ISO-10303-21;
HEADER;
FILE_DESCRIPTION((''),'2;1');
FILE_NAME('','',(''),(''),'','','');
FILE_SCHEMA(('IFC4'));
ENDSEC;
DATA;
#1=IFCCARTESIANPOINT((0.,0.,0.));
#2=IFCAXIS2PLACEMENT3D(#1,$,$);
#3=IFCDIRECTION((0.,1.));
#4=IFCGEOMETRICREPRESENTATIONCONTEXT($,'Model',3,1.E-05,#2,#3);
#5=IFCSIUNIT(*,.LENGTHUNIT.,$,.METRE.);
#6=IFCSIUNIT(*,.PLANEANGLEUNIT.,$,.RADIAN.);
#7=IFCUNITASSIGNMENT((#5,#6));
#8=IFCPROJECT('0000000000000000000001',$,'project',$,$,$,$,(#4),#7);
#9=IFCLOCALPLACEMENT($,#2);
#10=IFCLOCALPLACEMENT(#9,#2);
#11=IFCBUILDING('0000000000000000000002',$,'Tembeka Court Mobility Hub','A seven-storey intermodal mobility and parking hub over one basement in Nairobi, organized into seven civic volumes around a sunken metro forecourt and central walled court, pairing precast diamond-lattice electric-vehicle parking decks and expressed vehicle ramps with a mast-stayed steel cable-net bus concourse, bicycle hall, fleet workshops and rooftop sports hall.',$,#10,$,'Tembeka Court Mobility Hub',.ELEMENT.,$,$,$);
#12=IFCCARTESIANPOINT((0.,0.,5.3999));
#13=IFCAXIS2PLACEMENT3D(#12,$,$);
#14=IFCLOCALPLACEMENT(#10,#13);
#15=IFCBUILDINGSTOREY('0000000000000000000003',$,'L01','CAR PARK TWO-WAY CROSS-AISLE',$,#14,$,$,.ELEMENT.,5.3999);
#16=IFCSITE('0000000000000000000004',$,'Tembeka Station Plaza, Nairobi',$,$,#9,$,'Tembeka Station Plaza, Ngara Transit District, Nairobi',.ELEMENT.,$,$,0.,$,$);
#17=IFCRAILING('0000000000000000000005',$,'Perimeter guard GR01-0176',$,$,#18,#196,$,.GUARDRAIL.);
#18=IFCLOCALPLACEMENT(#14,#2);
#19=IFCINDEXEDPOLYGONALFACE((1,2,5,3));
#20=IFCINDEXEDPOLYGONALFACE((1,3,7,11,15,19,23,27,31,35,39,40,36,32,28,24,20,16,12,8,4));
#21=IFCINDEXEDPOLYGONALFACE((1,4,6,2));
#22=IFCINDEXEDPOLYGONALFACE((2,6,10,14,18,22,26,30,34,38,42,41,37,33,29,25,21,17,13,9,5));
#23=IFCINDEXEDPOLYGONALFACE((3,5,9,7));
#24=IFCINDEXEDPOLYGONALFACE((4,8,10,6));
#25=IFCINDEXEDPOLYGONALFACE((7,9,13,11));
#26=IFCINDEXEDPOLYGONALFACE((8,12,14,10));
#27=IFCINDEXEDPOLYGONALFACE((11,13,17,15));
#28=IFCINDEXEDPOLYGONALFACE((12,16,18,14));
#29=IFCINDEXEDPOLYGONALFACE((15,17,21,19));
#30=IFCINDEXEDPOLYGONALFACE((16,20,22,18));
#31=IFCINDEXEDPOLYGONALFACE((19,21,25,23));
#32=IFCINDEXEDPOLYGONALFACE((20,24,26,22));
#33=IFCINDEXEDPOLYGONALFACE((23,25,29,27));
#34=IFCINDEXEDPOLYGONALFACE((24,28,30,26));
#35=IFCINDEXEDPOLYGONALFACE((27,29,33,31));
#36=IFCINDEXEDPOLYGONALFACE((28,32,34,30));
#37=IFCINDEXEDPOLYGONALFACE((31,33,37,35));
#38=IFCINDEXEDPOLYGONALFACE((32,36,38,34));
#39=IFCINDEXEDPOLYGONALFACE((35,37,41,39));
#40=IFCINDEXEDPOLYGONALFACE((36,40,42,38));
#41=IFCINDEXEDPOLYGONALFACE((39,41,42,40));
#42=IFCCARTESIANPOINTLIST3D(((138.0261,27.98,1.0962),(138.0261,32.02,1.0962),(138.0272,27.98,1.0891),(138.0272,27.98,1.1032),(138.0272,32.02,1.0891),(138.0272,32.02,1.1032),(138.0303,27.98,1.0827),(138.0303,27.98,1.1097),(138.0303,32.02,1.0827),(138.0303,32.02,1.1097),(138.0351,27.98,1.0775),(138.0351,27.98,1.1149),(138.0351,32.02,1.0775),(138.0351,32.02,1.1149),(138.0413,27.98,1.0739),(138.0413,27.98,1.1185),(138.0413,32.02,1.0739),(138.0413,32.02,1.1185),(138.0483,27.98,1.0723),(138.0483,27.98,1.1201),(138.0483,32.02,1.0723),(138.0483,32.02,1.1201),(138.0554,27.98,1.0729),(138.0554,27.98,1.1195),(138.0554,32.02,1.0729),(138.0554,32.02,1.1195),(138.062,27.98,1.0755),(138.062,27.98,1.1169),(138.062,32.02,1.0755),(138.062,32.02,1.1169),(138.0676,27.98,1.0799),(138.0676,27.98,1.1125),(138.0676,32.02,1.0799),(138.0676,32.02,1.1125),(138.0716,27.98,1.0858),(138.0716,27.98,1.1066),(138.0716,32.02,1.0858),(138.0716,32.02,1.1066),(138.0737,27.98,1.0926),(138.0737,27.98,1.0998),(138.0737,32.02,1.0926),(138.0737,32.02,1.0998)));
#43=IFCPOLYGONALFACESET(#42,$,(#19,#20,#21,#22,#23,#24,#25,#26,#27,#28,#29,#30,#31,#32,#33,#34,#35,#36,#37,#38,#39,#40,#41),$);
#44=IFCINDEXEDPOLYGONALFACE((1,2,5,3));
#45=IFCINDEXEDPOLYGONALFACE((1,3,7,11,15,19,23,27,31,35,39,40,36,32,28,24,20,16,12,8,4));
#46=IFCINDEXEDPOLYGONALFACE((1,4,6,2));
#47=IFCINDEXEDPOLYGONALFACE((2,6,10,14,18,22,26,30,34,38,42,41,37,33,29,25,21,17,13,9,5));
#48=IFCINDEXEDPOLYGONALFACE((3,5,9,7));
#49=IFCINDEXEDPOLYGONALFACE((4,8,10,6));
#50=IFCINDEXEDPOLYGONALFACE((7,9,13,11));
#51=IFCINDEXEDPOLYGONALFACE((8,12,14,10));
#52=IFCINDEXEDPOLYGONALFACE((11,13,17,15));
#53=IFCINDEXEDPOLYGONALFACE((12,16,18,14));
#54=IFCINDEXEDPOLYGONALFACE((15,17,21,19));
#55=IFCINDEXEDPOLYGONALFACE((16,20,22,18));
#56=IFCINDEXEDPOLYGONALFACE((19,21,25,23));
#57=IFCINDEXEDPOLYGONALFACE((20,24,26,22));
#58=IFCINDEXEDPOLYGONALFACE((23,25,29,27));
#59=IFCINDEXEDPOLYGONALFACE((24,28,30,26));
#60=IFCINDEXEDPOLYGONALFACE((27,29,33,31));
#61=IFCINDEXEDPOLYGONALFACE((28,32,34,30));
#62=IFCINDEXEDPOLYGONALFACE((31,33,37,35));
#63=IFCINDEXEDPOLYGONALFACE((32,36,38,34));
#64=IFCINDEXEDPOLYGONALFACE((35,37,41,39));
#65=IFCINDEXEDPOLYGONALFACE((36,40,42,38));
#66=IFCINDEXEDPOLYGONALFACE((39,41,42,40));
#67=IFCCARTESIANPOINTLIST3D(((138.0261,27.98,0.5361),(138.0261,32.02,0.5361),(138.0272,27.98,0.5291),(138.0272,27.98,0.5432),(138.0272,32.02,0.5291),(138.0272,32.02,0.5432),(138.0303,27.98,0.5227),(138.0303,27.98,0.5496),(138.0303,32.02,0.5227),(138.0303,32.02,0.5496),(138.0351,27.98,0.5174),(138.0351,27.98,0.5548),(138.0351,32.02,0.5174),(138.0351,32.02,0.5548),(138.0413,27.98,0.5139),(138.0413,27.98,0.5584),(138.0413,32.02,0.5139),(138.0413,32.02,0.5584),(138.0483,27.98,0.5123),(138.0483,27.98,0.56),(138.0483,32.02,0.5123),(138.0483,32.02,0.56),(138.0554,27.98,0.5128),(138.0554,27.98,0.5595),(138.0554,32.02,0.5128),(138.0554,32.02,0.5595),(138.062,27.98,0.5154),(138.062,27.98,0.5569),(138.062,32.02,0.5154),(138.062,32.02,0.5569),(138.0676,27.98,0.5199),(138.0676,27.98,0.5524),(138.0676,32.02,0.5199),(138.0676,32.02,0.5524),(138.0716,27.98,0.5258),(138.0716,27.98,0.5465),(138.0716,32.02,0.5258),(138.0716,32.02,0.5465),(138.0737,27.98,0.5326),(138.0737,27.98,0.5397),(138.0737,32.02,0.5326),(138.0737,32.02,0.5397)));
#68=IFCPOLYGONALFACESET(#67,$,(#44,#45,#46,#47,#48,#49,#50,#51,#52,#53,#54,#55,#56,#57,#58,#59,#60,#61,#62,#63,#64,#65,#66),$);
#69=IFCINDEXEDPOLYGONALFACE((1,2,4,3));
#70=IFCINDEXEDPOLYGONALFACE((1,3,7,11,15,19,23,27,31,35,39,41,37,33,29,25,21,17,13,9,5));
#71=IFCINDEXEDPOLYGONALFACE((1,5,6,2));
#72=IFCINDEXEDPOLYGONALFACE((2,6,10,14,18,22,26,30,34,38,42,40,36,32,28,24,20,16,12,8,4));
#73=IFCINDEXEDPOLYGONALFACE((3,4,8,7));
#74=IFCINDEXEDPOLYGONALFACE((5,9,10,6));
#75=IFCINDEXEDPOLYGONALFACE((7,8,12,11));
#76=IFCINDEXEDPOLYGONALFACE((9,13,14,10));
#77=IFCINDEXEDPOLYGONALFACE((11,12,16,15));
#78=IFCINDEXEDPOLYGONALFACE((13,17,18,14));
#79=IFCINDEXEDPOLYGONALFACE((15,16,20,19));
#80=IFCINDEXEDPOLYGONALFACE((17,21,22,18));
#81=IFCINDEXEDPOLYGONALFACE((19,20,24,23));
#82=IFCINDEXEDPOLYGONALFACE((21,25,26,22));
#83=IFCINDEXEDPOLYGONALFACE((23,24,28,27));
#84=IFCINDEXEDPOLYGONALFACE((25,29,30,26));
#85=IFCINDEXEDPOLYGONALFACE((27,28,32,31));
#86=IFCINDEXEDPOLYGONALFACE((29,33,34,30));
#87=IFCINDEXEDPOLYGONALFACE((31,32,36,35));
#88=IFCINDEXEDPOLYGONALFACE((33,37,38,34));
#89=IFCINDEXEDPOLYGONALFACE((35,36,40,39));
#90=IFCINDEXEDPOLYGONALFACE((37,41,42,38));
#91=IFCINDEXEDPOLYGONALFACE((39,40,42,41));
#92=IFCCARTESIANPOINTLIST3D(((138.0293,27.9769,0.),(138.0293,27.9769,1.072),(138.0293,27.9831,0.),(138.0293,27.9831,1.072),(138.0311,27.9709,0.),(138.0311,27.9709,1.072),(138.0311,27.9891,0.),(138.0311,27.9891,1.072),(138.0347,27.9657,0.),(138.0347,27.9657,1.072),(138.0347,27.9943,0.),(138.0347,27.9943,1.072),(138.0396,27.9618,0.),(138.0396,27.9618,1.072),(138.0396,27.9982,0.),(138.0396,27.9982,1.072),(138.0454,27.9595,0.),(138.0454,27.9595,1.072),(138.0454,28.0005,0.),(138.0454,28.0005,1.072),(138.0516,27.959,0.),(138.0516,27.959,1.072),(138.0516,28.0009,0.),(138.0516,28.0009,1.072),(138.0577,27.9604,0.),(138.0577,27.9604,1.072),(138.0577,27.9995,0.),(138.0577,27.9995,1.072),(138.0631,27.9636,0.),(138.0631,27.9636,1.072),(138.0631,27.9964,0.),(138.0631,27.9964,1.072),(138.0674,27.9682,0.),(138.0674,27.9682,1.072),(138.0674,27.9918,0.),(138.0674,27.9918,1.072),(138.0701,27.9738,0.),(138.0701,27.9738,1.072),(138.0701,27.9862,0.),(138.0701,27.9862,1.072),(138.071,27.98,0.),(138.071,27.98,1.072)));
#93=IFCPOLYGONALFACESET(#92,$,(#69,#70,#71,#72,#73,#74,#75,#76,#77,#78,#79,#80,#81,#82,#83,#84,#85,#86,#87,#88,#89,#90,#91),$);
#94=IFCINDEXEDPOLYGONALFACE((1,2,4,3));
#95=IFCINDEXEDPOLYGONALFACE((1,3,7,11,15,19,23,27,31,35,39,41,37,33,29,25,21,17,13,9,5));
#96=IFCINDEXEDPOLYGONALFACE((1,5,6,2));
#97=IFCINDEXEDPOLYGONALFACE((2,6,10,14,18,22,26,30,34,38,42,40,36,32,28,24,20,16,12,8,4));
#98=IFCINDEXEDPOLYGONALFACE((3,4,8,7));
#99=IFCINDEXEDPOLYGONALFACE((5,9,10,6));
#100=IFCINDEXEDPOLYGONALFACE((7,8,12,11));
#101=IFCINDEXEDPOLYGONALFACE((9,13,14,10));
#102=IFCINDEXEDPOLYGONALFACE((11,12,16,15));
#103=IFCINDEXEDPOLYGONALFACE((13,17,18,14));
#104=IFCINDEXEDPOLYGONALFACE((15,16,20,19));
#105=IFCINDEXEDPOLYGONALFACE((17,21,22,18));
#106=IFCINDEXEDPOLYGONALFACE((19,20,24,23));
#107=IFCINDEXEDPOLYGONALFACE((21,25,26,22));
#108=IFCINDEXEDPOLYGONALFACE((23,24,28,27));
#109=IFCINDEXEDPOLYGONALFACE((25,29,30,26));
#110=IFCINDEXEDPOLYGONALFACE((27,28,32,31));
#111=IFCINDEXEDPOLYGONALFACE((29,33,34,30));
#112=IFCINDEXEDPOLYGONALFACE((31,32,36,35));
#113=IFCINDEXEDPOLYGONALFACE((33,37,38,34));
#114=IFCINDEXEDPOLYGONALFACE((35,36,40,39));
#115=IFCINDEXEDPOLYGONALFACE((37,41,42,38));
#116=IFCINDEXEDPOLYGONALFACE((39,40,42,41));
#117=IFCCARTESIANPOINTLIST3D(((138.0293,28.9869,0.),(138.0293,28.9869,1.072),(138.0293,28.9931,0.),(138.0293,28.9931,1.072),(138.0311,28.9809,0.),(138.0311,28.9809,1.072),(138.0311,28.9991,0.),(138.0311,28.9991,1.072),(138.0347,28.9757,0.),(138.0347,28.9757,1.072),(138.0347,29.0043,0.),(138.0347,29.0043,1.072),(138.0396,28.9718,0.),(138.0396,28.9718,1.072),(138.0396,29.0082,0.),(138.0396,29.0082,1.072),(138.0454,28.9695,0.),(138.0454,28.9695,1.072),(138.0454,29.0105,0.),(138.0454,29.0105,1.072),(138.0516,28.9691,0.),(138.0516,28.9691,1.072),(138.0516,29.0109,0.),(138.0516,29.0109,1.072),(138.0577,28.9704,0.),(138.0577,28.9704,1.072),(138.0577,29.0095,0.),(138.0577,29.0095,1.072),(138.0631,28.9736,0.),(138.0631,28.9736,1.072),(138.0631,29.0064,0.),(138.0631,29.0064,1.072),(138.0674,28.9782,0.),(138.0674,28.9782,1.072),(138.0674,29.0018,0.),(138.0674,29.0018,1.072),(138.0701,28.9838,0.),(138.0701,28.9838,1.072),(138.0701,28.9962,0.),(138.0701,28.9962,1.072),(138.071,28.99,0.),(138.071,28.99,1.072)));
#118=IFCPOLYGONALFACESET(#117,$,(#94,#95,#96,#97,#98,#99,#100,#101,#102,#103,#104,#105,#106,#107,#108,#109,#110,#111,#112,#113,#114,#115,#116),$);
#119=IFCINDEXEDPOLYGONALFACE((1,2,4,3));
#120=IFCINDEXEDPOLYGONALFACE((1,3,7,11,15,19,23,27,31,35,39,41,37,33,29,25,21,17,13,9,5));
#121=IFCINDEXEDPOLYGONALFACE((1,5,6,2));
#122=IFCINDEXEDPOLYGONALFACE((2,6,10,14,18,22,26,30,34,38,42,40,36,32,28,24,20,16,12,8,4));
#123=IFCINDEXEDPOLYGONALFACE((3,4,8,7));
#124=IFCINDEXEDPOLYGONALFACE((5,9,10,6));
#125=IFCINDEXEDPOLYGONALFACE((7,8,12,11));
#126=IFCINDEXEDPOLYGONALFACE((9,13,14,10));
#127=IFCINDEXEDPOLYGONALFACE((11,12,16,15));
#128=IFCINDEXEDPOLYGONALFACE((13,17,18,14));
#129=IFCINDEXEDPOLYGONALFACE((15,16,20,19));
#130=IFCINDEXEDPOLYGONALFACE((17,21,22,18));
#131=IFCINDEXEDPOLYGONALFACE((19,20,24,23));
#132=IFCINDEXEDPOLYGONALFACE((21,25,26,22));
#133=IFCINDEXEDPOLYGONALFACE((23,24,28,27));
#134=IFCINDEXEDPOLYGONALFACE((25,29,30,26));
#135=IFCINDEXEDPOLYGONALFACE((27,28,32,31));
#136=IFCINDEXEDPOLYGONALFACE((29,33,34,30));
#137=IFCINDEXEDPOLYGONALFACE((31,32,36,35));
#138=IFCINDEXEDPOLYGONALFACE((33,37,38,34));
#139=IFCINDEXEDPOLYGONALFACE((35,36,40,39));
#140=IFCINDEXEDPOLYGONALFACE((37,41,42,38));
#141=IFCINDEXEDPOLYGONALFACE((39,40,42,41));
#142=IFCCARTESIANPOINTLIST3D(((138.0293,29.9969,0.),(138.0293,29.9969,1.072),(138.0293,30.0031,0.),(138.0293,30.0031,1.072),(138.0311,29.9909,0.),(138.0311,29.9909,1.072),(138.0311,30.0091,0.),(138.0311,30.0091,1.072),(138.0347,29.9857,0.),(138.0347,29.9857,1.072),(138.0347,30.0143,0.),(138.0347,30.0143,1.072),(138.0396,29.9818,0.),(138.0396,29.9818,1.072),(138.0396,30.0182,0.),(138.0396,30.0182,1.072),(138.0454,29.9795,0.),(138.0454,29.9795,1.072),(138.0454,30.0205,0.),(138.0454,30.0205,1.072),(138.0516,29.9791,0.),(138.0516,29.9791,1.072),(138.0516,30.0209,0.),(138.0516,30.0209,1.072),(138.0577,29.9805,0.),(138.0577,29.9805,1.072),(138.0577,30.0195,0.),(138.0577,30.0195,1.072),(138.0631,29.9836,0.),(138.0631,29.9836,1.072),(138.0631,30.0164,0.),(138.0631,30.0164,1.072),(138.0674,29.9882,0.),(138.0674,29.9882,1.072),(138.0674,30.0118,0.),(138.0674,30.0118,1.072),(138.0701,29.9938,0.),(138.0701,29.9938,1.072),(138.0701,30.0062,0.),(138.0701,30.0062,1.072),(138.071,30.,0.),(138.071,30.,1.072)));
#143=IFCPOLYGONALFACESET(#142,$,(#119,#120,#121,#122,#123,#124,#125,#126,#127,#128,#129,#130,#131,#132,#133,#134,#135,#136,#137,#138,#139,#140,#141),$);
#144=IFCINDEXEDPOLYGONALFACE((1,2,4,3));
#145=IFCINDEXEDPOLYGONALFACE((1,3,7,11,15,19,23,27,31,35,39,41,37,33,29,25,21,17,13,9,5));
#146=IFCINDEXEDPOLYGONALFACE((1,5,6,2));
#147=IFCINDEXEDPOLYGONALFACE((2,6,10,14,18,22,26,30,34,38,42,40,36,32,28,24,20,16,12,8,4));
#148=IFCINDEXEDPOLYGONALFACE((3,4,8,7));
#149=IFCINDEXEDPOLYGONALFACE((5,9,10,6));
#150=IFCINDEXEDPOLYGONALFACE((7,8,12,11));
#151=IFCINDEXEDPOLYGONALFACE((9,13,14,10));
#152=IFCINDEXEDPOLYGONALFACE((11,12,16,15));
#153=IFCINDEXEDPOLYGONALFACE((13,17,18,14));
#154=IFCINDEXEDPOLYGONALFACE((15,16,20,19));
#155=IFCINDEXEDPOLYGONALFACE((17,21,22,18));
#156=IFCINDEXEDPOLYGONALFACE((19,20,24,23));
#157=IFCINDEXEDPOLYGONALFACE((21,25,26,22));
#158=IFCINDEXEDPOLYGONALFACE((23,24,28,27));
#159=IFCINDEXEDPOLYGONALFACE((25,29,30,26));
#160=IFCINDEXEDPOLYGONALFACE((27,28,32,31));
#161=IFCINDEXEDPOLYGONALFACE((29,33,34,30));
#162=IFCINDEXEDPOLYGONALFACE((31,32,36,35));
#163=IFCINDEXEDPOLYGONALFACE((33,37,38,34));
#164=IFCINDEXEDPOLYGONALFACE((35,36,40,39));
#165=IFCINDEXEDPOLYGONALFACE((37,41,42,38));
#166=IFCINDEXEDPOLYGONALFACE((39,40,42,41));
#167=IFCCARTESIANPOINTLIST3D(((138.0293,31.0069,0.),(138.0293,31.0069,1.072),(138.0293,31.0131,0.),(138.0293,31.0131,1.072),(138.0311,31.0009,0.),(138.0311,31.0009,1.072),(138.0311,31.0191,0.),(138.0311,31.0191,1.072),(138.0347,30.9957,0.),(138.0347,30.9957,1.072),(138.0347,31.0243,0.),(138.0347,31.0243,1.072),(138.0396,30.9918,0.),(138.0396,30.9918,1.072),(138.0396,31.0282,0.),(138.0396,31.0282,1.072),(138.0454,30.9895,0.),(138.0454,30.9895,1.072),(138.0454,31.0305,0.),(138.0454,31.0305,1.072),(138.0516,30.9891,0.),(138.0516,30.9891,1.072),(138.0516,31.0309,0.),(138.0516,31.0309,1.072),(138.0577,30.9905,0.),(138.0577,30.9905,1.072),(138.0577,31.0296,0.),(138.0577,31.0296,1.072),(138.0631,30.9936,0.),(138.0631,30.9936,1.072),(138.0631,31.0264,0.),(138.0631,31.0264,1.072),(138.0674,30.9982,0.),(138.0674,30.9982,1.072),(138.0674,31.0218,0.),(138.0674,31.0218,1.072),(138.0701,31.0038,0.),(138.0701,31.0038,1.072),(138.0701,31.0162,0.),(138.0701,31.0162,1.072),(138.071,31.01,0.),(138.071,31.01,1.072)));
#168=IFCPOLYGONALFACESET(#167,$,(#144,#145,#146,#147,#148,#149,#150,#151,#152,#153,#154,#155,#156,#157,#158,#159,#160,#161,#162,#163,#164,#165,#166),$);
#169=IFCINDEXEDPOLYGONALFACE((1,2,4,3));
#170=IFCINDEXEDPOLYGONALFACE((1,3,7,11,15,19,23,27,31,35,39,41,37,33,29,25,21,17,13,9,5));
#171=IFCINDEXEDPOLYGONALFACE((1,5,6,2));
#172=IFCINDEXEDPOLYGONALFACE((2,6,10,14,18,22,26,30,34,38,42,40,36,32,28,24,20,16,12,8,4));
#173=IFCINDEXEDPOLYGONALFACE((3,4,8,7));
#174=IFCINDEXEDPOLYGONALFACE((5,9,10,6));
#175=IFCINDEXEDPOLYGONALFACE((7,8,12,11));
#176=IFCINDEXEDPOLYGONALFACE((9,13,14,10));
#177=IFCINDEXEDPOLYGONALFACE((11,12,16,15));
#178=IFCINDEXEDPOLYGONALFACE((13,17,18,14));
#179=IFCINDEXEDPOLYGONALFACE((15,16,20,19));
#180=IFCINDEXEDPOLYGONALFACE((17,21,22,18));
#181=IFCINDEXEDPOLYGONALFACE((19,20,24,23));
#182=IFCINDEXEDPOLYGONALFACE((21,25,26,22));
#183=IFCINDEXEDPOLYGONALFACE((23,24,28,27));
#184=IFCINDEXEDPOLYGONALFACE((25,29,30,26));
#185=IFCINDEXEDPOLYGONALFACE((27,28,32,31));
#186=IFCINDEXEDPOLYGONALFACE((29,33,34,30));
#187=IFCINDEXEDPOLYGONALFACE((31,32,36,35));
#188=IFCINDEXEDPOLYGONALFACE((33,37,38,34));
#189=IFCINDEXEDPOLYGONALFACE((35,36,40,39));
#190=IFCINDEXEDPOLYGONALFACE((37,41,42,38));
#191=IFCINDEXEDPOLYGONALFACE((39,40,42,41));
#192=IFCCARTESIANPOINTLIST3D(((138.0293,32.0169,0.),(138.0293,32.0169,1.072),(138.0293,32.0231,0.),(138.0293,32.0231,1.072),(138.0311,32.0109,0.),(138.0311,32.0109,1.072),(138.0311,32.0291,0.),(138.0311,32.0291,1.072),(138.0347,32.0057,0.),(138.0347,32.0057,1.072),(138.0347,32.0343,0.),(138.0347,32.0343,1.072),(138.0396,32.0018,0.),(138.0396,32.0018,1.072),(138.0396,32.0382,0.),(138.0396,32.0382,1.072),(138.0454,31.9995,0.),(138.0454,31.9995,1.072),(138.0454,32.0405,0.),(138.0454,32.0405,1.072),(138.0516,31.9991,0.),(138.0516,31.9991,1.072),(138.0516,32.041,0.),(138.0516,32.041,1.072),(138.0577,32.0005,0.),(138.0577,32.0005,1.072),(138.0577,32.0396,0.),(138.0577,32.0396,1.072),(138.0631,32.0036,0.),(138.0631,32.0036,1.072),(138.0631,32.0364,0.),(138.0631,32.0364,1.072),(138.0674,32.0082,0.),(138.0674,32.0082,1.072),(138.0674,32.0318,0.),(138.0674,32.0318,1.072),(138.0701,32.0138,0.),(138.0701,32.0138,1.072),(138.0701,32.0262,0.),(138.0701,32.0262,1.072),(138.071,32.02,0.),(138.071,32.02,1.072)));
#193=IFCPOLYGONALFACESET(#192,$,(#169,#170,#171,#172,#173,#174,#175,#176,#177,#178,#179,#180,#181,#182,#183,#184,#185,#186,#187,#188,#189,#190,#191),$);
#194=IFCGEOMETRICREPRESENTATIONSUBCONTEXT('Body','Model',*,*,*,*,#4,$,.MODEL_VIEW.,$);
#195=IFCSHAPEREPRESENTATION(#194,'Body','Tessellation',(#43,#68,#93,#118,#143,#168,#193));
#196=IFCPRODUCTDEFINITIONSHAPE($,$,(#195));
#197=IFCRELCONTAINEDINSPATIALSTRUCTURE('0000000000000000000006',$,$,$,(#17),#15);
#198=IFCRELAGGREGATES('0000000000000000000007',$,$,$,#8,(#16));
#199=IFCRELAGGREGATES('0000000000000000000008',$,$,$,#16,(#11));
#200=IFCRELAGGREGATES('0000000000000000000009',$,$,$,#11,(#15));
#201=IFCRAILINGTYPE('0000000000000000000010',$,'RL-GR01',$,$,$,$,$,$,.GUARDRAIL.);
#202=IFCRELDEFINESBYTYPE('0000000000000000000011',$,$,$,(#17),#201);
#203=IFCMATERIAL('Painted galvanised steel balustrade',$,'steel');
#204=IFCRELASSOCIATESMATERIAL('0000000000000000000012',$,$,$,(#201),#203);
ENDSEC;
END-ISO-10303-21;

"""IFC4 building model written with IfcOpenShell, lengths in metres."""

from ifc_helpers import new_model, si_unit, direction, frame, origin, origin_2d, place, context, subcontext, project, spatial, circle, extrude, material, type_object, element, save


model = new_model("IFC4")

# Units and contexts
model_context = context("Model", 3, precision=1e-05, world=origin(), true_north=direction((0.0, 1.0)))
body_context = subcontext(model_context, "Body", "Model", "MODEL_VIEW")
ifc_project = project(units=[si_unit("LENGTHUNIT", "METRE"), si_unit("PLANEANGLEUNIT", "RADIAN")], contexts=[model_context])

# Site, building, storey
site_placement = place(None, origin())
site = spatial("IfcSite", under=ifc_project, at=site_placement, Name="Tembeka Station Plaza, Nairobi", LongName="Tembeka Station Plaza, Ngara Transit District, Nairobi", CompositionType="ELEMENT", RefElevation=0.0)
building_placement = place(site_placement, origin())
building = spatial("IfcBuilding", under=site, at=building_placement, Name="Tembeka Court Mobility Hub", Description="A seven-storey intermodal mobility and parking hub over one basement in Nairobi, organized into seven civic volumes around a sunken metro forecourt and central walled court, pairing precast diamond-lattice electric-vehicle parking decks and expressed vehicle ramps with a mast-stayed steel cable-net bus concourse, bicycle hall, fleet workshops and rooftop sports hall.", LongName="Tembeka Court Mobility Hub", CompositionType="ELEMENT")
storey_placement = place(building_placement, frame((0.0, 0.0, 5.3999)))
storey = spatial("IfcBuildingStorey", under=building, at=storey_placement, Name="L01", Description="CAR PARK TWO-WAY CROSS-AISLE", CompositionType="ELEMENT", Elevation=5.3999)

# Railing
ifc_material_1 = material(Name="Painted galvanised steel balustrade", Category="steel")
railing_type = type_object("IfcRailingType", Name="RL-GR01", PredefinedType="GUARDRAIL", material=ifc_material_1)
railing_1_placement = place(storey_placement, frame((138.05, 27.98, 0.0)))
element("IfcRailing", 1, at=railing_1_placement, inside=storey, type_object=railing_type, Name="Perimeter guard GR01-0176", PredefinedType="GUARDRAIL", context=body_context, shape_type="SweptSolid", body=[
    extrude(circle(Radius=0.0239, at=origin_2d()), frame((0.0, 0.0, 1.0962), z_axis=(0.0, 1.0, 0.0), x_axis=(-1.0, 0.0, 0.0)), (0.0, 0.0, 1.0), 4.04),
    extrude(circle(Radius=0.0239, at=origin_2d()), frame((0.0, 0.0, 0.5361), z_axis=(0.0, 1.0, 0.0), x_axis=(-1.0, 0.0, 0.0)), (0.0, 0.0, 1.0), 4.04),
    extrude(circle(Radius=0.021, at=origin_2d()), origin(), (0.0, 0.0, 1.0), 1.072),
    extrude(circle(Radius=0.021, at=origin_2d()), frame((0.0, 1.01, 0.0)), (0.0, 0.0, 1.0), 1.072),
    extrude(circle(Radius=0.021, at=origin_2d()), frame((0.0, 2.02, 0.0)), (0.0, 0.0, 1.0), 1.072),
    extrude(circle(Radius=0.021, at=origin_2d()), frame((0.0, 3.03, 0.0)), (0.0, 0.0, 1.0), 1.072),
    extrude(circle(Radius=0.021, at=origin_2d()), frame((0.0, 4.04, 0.0)), (0.0, 0.0, 1.0), 1.072),
])

save(model, "model.ifc")
